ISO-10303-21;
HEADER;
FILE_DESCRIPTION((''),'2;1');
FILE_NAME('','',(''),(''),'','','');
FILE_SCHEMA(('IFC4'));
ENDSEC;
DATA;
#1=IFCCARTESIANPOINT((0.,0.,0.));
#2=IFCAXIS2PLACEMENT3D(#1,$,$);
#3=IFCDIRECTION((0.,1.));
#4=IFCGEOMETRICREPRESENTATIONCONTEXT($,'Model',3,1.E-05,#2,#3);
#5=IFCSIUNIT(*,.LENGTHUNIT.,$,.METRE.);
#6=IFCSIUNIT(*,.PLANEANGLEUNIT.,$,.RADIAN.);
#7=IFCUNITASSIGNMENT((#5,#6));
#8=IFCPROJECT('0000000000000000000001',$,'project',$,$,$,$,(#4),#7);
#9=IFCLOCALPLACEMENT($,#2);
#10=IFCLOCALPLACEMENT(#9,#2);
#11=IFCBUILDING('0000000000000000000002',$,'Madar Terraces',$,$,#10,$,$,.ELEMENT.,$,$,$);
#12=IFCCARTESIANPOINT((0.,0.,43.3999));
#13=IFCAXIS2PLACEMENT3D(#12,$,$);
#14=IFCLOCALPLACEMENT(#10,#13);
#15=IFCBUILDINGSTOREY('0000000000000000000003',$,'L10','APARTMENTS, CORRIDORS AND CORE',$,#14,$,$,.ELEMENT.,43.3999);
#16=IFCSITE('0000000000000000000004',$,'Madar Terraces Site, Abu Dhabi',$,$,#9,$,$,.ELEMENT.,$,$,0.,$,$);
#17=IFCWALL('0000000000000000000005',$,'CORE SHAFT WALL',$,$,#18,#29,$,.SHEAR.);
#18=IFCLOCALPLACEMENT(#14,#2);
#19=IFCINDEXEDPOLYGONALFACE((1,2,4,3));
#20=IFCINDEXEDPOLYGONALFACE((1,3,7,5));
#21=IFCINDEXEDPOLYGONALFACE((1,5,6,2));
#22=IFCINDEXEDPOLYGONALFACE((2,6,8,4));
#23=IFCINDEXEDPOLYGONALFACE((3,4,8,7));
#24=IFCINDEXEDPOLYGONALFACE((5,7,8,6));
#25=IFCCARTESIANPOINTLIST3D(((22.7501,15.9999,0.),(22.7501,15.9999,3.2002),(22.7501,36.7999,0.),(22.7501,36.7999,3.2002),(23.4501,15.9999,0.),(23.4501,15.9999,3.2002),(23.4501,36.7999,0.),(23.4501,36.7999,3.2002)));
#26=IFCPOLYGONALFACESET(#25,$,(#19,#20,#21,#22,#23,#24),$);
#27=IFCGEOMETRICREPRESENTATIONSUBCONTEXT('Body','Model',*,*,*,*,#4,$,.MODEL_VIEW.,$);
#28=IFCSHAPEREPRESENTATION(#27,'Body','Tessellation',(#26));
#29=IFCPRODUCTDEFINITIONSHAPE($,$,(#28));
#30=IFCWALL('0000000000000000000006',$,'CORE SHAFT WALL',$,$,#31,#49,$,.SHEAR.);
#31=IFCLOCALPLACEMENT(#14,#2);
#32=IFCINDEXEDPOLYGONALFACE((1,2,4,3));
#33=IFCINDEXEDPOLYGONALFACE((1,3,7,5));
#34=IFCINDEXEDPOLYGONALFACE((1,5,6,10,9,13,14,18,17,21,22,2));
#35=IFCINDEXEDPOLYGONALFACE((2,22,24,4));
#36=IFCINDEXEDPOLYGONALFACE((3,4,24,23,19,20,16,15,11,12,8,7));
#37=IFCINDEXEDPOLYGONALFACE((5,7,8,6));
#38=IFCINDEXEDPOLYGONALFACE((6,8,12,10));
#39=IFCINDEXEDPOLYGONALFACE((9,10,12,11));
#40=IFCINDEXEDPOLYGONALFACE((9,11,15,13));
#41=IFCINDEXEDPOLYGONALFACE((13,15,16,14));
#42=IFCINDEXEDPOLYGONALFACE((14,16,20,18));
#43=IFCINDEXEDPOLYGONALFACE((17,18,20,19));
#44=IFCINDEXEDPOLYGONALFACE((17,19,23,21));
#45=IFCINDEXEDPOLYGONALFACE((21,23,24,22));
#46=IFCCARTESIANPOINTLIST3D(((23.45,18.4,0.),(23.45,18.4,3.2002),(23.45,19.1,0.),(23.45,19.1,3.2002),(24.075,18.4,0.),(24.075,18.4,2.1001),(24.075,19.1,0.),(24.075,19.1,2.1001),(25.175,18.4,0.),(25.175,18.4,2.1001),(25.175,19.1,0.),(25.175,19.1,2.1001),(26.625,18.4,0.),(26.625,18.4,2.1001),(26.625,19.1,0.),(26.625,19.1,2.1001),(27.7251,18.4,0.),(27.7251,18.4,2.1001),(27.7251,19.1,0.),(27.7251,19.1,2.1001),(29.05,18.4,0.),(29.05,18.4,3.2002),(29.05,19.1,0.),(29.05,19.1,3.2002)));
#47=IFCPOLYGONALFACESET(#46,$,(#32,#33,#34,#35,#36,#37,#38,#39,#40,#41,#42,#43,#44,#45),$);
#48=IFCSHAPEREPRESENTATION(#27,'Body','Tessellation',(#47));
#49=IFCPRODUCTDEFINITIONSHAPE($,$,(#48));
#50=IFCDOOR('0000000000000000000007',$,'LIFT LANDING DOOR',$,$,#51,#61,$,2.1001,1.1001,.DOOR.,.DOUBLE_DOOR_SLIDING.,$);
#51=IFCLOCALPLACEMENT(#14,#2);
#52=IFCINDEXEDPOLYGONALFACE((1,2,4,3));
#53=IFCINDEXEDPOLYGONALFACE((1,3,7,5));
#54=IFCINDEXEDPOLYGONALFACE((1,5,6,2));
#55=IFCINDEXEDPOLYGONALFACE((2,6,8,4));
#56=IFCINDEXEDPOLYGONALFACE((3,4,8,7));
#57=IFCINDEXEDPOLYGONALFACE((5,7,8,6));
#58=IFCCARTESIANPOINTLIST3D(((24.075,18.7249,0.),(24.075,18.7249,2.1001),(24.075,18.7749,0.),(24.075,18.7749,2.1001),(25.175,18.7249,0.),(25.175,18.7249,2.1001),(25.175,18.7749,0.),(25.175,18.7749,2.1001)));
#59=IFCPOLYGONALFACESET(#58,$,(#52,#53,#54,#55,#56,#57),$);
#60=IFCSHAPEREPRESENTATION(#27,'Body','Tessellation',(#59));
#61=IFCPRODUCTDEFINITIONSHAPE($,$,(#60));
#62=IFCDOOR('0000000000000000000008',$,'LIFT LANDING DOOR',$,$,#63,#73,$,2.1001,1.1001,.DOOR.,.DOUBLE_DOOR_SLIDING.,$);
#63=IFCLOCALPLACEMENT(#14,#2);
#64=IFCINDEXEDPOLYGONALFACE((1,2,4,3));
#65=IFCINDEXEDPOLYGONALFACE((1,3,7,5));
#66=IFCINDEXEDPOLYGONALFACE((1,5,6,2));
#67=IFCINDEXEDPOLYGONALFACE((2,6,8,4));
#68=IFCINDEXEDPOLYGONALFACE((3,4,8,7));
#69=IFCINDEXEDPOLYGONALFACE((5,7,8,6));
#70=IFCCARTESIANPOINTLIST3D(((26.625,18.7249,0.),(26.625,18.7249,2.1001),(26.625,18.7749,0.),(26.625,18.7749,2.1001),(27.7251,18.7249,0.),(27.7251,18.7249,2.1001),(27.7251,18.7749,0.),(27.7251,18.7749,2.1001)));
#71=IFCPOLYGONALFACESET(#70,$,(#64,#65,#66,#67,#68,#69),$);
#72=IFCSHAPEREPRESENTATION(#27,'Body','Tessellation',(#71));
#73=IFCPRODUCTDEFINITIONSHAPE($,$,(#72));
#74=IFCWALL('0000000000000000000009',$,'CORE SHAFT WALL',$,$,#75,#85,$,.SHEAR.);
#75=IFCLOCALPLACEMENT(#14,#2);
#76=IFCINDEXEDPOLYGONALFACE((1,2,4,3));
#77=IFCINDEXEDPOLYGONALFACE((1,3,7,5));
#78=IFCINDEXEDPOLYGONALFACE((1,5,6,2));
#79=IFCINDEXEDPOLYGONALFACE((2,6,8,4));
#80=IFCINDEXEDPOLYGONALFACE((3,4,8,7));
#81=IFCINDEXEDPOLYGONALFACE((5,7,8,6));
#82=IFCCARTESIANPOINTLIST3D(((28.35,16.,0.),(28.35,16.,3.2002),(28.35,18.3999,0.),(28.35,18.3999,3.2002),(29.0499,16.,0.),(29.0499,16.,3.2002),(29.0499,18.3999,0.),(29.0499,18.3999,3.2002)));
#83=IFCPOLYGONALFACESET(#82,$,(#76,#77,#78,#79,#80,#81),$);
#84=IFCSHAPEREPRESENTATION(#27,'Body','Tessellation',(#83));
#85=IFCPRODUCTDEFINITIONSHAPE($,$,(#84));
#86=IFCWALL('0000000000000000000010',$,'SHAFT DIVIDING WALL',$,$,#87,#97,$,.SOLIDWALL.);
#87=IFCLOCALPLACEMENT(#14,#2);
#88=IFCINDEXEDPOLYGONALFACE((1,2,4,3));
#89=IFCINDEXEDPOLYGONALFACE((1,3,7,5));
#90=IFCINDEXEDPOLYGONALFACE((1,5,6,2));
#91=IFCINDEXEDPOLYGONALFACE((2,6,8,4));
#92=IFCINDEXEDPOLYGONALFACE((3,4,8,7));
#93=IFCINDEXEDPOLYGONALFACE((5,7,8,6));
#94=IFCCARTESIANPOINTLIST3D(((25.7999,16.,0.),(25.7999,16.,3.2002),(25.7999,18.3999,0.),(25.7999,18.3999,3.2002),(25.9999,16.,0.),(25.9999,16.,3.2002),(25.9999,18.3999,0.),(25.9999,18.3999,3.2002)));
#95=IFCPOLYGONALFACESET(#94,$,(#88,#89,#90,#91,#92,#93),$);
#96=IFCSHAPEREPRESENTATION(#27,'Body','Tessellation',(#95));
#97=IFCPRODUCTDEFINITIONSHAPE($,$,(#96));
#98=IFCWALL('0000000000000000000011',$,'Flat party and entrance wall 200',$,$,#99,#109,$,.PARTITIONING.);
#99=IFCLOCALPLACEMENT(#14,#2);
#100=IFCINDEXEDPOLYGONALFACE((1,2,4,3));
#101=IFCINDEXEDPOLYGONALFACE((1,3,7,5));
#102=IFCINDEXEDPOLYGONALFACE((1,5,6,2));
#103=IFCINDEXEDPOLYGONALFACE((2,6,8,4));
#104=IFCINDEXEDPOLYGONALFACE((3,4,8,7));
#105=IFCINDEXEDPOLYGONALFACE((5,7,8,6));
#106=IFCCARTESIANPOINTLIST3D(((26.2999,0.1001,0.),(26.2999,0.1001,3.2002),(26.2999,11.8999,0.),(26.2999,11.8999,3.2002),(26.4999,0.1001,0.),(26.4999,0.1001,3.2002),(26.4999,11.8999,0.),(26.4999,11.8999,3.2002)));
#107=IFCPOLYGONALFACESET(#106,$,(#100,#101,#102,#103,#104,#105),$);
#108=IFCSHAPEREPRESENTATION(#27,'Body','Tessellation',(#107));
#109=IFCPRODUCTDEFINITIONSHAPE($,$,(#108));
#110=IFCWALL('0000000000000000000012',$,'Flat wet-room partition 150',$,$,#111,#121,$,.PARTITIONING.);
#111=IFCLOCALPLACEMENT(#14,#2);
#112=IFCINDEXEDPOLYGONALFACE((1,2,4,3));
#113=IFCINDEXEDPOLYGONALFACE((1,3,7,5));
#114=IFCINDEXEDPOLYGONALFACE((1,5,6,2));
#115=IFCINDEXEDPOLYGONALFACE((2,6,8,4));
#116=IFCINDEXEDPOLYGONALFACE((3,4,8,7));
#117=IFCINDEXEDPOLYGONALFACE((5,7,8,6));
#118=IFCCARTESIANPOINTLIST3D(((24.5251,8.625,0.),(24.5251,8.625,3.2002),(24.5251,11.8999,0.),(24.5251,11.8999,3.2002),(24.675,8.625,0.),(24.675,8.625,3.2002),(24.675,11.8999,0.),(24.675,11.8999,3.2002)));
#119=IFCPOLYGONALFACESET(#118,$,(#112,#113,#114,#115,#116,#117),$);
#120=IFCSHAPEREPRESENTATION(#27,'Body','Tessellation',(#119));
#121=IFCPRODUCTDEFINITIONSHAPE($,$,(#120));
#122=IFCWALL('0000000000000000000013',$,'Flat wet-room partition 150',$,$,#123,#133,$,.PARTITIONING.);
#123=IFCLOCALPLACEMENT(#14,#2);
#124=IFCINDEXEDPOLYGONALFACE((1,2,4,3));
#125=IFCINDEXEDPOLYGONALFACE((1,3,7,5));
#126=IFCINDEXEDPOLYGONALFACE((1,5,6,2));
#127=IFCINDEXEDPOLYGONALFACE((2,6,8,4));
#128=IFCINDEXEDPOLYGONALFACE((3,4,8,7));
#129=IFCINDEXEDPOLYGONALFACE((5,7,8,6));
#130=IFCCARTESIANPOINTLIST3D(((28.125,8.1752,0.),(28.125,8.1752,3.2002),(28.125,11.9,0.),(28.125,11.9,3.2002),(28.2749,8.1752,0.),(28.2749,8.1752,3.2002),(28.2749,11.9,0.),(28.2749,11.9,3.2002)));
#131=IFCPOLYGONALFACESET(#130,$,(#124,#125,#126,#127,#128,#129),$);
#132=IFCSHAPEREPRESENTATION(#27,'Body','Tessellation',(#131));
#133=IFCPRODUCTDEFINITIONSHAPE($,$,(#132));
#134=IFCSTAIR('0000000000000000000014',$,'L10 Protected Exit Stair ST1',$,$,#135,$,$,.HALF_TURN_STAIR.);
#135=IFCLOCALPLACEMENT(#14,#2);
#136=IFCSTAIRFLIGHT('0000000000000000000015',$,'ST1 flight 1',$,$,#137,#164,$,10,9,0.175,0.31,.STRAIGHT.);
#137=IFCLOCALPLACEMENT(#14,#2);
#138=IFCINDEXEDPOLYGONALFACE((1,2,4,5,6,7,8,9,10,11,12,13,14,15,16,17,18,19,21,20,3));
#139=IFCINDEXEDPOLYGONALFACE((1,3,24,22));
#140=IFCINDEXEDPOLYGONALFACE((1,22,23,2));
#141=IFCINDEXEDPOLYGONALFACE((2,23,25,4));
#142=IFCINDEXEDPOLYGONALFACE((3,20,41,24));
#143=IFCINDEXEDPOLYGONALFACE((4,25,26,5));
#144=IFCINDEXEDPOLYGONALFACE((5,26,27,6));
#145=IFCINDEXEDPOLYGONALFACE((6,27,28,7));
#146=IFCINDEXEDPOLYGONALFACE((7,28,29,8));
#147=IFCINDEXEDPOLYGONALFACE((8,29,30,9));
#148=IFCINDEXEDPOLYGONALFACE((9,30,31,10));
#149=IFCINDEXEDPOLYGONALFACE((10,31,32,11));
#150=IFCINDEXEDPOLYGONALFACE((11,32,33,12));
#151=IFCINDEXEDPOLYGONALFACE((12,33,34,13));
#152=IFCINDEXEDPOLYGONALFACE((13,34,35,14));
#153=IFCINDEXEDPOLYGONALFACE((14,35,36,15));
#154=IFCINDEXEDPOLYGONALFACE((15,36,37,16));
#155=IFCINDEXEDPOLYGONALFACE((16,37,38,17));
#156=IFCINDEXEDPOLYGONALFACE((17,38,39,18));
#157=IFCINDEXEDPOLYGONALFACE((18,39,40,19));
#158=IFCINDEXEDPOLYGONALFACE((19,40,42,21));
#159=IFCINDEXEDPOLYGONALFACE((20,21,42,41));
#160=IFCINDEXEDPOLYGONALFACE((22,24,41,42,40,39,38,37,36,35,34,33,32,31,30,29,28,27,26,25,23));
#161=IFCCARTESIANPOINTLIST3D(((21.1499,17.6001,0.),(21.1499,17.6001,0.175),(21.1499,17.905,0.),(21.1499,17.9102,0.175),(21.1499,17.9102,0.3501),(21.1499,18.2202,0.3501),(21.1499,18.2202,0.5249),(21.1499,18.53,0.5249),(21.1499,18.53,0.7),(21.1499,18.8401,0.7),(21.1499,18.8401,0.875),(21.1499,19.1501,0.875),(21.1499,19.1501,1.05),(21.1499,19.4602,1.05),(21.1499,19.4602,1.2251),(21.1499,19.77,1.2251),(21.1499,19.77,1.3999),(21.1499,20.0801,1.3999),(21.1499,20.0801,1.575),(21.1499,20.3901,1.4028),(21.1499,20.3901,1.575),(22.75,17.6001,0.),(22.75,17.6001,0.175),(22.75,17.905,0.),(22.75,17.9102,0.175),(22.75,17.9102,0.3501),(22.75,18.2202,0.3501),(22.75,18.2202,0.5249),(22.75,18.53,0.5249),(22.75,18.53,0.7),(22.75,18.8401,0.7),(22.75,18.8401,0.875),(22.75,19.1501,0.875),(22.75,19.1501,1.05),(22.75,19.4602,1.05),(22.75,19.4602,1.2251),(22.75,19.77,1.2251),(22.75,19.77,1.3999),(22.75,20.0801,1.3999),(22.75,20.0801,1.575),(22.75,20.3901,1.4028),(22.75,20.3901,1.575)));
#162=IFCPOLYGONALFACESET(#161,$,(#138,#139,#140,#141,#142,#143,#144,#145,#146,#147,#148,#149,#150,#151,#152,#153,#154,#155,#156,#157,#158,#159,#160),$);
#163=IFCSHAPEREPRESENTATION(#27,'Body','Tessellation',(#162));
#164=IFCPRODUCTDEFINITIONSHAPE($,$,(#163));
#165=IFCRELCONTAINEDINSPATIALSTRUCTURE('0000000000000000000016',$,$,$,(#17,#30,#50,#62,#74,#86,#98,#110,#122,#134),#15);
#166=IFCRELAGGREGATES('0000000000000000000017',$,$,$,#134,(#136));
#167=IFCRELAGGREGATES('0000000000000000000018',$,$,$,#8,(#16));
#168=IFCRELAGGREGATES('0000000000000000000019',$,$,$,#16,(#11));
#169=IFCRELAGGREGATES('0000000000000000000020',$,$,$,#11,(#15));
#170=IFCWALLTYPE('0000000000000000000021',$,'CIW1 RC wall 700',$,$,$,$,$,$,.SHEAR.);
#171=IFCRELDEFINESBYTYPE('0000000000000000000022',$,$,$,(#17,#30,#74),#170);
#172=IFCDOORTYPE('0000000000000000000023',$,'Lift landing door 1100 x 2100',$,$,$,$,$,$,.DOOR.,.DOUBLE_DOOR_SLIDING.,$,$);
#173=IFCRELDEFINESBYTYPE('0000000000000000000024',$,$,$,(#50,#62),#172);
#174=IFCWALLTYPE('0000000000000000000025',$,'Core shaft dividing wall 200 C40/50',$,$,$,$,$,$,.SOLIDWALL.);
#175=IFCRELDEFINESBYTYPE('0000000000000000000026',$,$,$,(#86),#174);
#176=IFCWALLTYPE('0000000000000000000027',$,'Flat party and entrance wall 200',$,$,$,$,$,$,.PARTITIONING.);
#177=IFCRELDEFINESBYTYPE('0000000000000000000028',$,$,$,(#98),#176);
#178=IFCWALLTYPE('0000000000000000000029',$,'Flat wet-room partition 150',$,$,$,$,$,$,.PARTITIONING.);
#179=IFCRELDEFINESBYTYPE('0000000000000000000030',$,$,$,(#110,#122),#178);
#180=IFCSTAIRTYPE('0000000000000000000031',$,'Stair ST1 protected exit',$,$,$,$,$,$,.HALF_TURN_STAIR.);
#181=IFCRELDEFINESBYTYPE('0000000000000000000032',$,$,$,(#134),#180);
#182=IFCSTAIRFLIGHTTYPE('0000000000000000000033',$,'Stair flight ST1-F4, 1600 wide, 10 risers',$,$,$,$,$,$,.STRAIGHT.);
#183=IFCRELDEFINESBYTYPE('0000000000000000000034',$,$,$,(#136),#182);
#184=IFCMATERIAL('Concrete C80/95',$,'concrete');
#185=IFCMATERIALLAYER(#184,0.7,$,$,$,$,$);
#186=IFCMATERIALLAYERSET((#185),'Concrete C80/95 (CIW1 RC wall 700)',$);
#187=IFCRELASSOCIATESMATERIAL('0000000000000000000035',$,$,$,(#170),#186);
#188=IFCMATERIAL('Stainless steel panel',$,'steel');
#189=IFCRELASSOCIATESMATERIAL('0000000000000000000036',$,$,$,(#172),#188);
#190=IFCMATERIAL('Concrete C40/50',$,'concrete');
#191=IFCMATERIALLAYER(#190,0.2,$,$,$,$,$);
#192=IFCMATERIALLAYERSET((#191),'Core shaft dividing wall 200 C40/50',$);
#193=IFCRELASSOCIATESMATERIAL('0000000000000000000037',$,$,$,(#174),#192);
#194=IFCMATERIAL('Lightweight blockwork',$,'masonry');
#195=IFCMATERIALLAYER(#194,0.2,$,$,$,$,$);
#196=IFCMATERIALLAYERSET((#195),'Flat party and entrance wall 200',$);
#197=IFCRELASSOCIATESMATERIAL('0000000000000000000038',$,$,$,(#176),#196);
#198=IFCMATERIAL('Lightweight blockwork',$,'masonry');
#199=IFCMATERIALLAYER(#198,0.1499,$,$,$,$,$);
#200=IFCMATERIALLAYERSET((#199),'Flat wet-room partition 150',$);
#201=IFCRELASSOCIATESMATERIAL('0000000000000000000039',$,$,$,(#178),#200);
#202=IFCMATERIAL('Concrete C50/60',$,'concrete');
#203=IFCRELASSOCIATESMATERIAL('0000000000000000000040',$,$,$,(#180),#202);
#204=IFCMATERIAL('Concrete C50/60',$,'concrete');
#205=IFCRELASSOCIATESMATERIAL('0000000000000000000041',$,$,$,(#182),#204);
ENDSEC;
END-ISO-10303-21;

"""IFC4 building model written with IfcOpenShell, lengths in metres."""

from ifc_helpers import new_model, si_unit, direction, frame, frame_2d, origin, place, context, subcontext, project, spatial, polyline, rectangle, outline, extrude, material, layer, layer_set, type_object, element, fill, aggregate, save


model = new_model("IFC4")

# Units and contexts
model_context = context("Model", 3, precision=1e-05, world=origin(), true_north=direction((0.0, 1.0)))
body_context = subcontext(model_context, "Body", "Model", "MODEL_VIEW")
ifc_project = project(units=[si_unit("LENGTHUNIT", "METRE"), si_unit("PLANEANGLEUNIT", "RADIAN")], contexts=[model_context])

# Site, building, storey
site_placement = place(None, origin())
site = spatial("IfcSite", under=ifc_project, at=site_placement, Name="Madar Terraces Site, Abu Dhabi", CompositionType="ELEMENT", RefElevation=0.0)
building_placement = place(site_placement, origin())
building = spatial("IfcBuilding", under=site, at=building_placement, Name="Madar Terraces", CompositionType="ELEMENT")
storey_placement = place(building_placement, frame((0.0, 0.0, 43.3999)))
storey = spatial("IfcBuildingStorey", under=building, at=storey_placement, Name="L10", Description="APARTMENTS, CORRIDORS AND CORE", CompositionType="ELEMENT", Elevation=43.3999)

# Wall
ifc_material_1 = material(Name="Concrete C80/95", Category="concrete")
ifc_layer_1 = layer(ifc_material_1, 0.7)
ifc_layer_set_1 = layer_set([ifc_layer_1], Name="Concrete C80/95 (CIW1 RC wall 700)")
wall_type_1 = type_object("IfcWallType", Name="CIW1 RC wall 700", PredefinedType="SHEAR", material=ifc_layer_set_1)
wall_1_placement = place(storey_placement, frame((23.1001, 16.0, 0.0), z_axis=(0.0, 0.0, 1.0), x_axis=(0.0, 1.0, 0.0)))
element("IfcWall", 1, at=wall_1_placement, inside=storey, type_object=wall_type_1, Name="CORE SHAFT WALL", PredefinedType="SHEAR", context=body_context, shape_type="SweptSolid", body=[
    extrude(rectangle(XDim=20.8, YDim=0.7, at=frame_2d((10.3999, 0.0))), origin(), (0.0, 0.0, 1.0), 3.2002),
])

# Wall, openings, doors
wall_2_placement = place(storey_placement, frame((23.45, 18.75, 0.0), z_axis=(0.0, 0.0, 1.0), x_axis=(1.0, 0.0, 0.0)))
wall_2 = element("IfcWall", 2, at=wall_2_placement, inside=storey, type_object=wall_type_1, Name="CORE SHAFT WALL", PredefinedType="SHEAR", context=body_context, shape_type="SweptSolid", body=[
    extrude(rectangle(XDim=5.6001, YDim=0.7, at=frame_2d((2.8, 0.0))), origin(), (0.0, 0.0, 1.0), 3.2002),
])
opening_1_placement = place(wall_2_placement, frame((0.625, 0.0, 0.0)))
opening_1 = element("IfcOpeningElement", 3, at=opening_1_placement, cuts=wall_2, PredefinedType="OPENING", context=body_context, shape_type="SweptSolid", body=[
    extrude(rectangle(XDim=1.1001, YDim=2.1001, at=frame_2d((0.55, 1.05))), frame((0.0, 0.3599, 0.0), z_axis=(0.0, -1.0, 0.0), x_axis=(1.0, 0.0, 0.0)), (0.0, 0.0, 1.0), 0.72),
])
opening_2_placement = place(wall_2_placement, frame((3.175, 0.0, 0.0)))
opening_2 = element("IfcOpeningElement", 4, at=opening_2_placement, cuts=wall_2, PredefinedType="OPENING", context=body_context, shape_type="SweptSolid", body=[
    extrude(rectangle(XDim=1.1001, YDim=2.1001, at=frame_2d((0.55, 1.05))), frame((0.0, 0.3599, 0.0), z_axis=(0.0, -1.0, 0.0), x_axis=(1.0, 0.0, 0.0)), (0.0, 0.0, 1.0), 0.72),
])
ifc_material_2 = material(Name="Stainless steel panel", Category="steel")
door_type = type_object("IfcDoorType", Name="Lift landing door 1100 x 2100", OperationType="DOUBLE_DOOR_SLIDING", PredefinedType="DOOR", material=ifc_material_2)
door_1_placement = place(opening_1_placement, origin())
door_1 = element("IfcDoor", 5, at=door_1_placement, inside=storey, type_object=door_type, Name="LIFT LANDING DOOR", OperationType="DOUBLE_DOOR_SLIDING", OverallHeight=2.1001, OverallWidth=1.1001, PredefinedType="DOOR", context=body_context, shape_type="SweptSolid", body=[
    extrude(rectangle(XDim=1.1001, YDim=2.1001, at=frame_2d((0.55, 1.05))), frame((0.0, 0.0249, 0.0), z_axis=(0.0, -1.0, 0.0), x_axis=(1.0, 0.0, 0.0)), (0.0, 0.0, 1.0), 0.05),
])
fill(opening_1, door_1)
door_2_placement = place(opening_2_placement, origin())
door_2 = element("IfcDoor", 6, at=door_2_placement, inside=storey, type_object=door_type, Name="LIFT LANDING DOOR", OperationType="DOUBLE_DOOR_SLIDING", OverallHeight=2.1001, OverallWidth=1.1001, PredefinedType="DOOR", context=body_context, shape_type="SweptSolid", body=[
    extrude(rectangle(XDim=1.1001, YDim=2.1001, at=frame_2d((0.55, 1.05))), frame((0.0, 0.0249, 0.0), z_axis=(0.0, -1.0, 0.0), x_axis=(1.0, 0.0, 0.0)), (0.0, 0.0, 1.0), 0.05),
])
fill(opening_2, door_2)

# Walls
wall_3_placement = place(storey_placement, frame((28.7, 16.0, 0.0), z_axis=(0.0, 0.0, 1.0), x_axis=(0.0, 1.0, 0.0)))
element("IfcWall", 7, at=wall_3_placement, inside=storey, type_object=wall_type_1, Name="CORE SHAFT WALL", PredefinedType="SHEAR", context=body_context, shape_type="SweptSolid", body=[
    extrude(rectangle(XDim=2.3999, YDim=0.7, at=frame_2d((1.2, 0.0))), origin(), (0.0, 0.0, 1.0), 3.2002),
])
ifc_material_3 = material(Name="Concrete C40/50", Category="concrete")
ifc_layer_2 = layer(ifc_material_3, 0.2)
ifc_layer_set_2 = layer_set([ifc_layer_2], Name="Core shaft dividing wall 200 C40/50")
wall_type_2 = type_object("IfcWallType", Name="Core shaft dividing wall 200 C40/50", PredefinedType="SOLIDWALL", material=ifc_layer_set_2)
wall_4_placement = place(storey_placement, frame((25.8999, 16.0, 0.0), z_axis=(0.0, 0.0, 1.0), x_axis=(0.0, 1.0, 0.0)))
element("IfcWall", 8, at=wall_4_placement, inside=storey, type_object=wall_type_2, Name="SHAFT DIVIDING WALL", PredefinedType="SOLIDWALL", context=body_context, shape_type="SweptSolid", body=[
    extrude(rectangle(XDim=2.3999, YDim=0.2, at=frame_2d((1.2, 0.0))), origin(), (0.0, 0.0, 1.0), 3.2002),
])
ifc_material_4 = material(Name="Lightweight blockwork", Category="masonry")
ifc_layer_3 = layer(ifc_material_4, 0.2)
ifc_layer_set_3 = layer_set([ifc_layer_3], Name="Flat party and entrance wall 200")
wall_type_3 = type_object("IfcWallType", Name="Flat party and entrance wall 200", PredefinedType="PARTITIONING", material=ifc_layer_set_3)
wall_5_placement = place(storey_placement, frame((26.3999, 11.8999, 0.0), z_axis=(0.0, 0.0, 1.0), x_axis=(0.0, -1.0, 0.0)))
element("IfcWall", 9, at=wall_5_placement, inside=storey, type_object=wall_type_3, Name="Flat party and entrance wall 200", PredefinedType="PARTITIONING", context=body_context, shape_type="SweptSolid", body=[
    extrude(rectangle(XDim=11.7998, YDim=0.2, at=frame_2d((5.8999, 0.0))), origin(), (0.0, 0.0, 1.0), 3.2002),
])
ifc_material_5 = material(Name="Lightweight blockwork", Category="masonry")
ifc_layer_4 = layer(ifc_material_5, 0.1499)
ifc_layer_set_4 = layer_set([ifc_layer_4], Name="Flat wet-room partition 150")
wall_type_4 = type_object("IfcWallType", Name="Flat wet-room partition 150", PredefinedType="PARTITIONING", material=ifc_layer_set_4)
wall_6_placement = place(storey_placement, frame((24.6001, 11.8999, 0.0), z_axis=(0.0, 0.0, 1.0), x_axis=(0.0, -1.0, 0.0)))
element("IfcWall", 10, at=wall_6_placement, inside=storey, type_object=wall_type_4, Name="Flat wet-room partition 150", PredefinedType="PARTITIONING", context=body_context, shape_type="SweptSolid", body=[
    extrude(rectangle(XDim=3.2749, YDim=0.1499, at=frame_2d((1.6375, 0.0))), origin(), (0.0, 0.0, 1.0), 3.2002),
])
wall_7_placement = place(storey_placement, frame((28.2, 11.8999, 0.0), z_axis=(0.0, 0.0, 1.0), x_axis=(0.0, -1.0, 0.0)))
element("IfcWall", 11, at=wall_7_placement, inside=storey, type_object=wall_type_4, Name="Flat wet-room partition 150", PredefinedType="PARTITIONING", context=body_context, shape_type="SweptSolid", body=[
    extrude(rectangle(XDim=3.7249, YDim=0.1499, at=frame_2d((1.8623, 0.0))), origin(), (0.0, 0.0, 1.0), 3.2002),
])

# Stair, stair flight
ifc_material_6 = material(Name="Concrete C50/60", Category="concrete")
stair_type = type_object("IfcStairType", Name="Stair ST1 protected exit", PredefinedType="HALF_TURN_STAIR", material=ifc_material_6)
stair_placement = place(storey_placement, origin())
stair = element("IfcStair", 12, at=stair_placement, inside=storey, type_object=stair_type, Name="L10 Protected Exit Stair ST1", PredefinedType="HALF_TURN_STAIR")
ifc_material_7 = material(Name="Concrete C50/60", Category="concrete")
stair_flight_type = type_object("IfcStairFlightType", Name="Stair flight ST1-F4, 1600 wide, 10 risers", PredefinedType="STRAIGHT", material=ifc_material_7)
stair_flight_placement = place(storey_placement, frame((21.95, 17.6001, 0.0), z_axis=(0.0, 0.0, 1.0), x_axis=(0.0, 1.0, 0.0)))
stair_flight = element("IfcStairFlight", 13, at=stair_flight_placement, type_object=stair_flight_type, Name="ST1 flight 1", NumberOfRisers=10, NumberOfTreads=9, PredefinedType="STRAIGHT", RiserHeight=0.175, TreadLength=0.31, context=body_context, shape_type="SweptSolid", body=[
    extrude(outline(polyline([(0.0, 0.0), (0.0, 0.175), (0.3101, 0.175), (0.3101, 0.3501), (0.6201, 0.3501), (0.6201, 0.5249), (0.9299, 0.5249), (0.9299, 0.7), (1.24, 0.7), (1.24, 0.875), (1.55, 0.875), (1.55, 1.05), (1.8601, 1.05), (1.8601, 1.2251), (2.1699, 1.2251), (2.1699, 1.3999), (2.48, 1.3999), (2.48, 1.575), (2.79, 1.575), (2.79, 1.75), (2.79, 1.4028), (0.3049, 0.0), (0.0, 0.0)])), frame((0.0, 0.8, 0.0), z_axis=(0.0, -1.0, 0.0), x_axis=(1.0, 0.0, 0.0)), (0.0, 0.0, 1.0), 1.6001),
])
aggregate(stair, [stair_flight])

save(model, "model.ifc")
